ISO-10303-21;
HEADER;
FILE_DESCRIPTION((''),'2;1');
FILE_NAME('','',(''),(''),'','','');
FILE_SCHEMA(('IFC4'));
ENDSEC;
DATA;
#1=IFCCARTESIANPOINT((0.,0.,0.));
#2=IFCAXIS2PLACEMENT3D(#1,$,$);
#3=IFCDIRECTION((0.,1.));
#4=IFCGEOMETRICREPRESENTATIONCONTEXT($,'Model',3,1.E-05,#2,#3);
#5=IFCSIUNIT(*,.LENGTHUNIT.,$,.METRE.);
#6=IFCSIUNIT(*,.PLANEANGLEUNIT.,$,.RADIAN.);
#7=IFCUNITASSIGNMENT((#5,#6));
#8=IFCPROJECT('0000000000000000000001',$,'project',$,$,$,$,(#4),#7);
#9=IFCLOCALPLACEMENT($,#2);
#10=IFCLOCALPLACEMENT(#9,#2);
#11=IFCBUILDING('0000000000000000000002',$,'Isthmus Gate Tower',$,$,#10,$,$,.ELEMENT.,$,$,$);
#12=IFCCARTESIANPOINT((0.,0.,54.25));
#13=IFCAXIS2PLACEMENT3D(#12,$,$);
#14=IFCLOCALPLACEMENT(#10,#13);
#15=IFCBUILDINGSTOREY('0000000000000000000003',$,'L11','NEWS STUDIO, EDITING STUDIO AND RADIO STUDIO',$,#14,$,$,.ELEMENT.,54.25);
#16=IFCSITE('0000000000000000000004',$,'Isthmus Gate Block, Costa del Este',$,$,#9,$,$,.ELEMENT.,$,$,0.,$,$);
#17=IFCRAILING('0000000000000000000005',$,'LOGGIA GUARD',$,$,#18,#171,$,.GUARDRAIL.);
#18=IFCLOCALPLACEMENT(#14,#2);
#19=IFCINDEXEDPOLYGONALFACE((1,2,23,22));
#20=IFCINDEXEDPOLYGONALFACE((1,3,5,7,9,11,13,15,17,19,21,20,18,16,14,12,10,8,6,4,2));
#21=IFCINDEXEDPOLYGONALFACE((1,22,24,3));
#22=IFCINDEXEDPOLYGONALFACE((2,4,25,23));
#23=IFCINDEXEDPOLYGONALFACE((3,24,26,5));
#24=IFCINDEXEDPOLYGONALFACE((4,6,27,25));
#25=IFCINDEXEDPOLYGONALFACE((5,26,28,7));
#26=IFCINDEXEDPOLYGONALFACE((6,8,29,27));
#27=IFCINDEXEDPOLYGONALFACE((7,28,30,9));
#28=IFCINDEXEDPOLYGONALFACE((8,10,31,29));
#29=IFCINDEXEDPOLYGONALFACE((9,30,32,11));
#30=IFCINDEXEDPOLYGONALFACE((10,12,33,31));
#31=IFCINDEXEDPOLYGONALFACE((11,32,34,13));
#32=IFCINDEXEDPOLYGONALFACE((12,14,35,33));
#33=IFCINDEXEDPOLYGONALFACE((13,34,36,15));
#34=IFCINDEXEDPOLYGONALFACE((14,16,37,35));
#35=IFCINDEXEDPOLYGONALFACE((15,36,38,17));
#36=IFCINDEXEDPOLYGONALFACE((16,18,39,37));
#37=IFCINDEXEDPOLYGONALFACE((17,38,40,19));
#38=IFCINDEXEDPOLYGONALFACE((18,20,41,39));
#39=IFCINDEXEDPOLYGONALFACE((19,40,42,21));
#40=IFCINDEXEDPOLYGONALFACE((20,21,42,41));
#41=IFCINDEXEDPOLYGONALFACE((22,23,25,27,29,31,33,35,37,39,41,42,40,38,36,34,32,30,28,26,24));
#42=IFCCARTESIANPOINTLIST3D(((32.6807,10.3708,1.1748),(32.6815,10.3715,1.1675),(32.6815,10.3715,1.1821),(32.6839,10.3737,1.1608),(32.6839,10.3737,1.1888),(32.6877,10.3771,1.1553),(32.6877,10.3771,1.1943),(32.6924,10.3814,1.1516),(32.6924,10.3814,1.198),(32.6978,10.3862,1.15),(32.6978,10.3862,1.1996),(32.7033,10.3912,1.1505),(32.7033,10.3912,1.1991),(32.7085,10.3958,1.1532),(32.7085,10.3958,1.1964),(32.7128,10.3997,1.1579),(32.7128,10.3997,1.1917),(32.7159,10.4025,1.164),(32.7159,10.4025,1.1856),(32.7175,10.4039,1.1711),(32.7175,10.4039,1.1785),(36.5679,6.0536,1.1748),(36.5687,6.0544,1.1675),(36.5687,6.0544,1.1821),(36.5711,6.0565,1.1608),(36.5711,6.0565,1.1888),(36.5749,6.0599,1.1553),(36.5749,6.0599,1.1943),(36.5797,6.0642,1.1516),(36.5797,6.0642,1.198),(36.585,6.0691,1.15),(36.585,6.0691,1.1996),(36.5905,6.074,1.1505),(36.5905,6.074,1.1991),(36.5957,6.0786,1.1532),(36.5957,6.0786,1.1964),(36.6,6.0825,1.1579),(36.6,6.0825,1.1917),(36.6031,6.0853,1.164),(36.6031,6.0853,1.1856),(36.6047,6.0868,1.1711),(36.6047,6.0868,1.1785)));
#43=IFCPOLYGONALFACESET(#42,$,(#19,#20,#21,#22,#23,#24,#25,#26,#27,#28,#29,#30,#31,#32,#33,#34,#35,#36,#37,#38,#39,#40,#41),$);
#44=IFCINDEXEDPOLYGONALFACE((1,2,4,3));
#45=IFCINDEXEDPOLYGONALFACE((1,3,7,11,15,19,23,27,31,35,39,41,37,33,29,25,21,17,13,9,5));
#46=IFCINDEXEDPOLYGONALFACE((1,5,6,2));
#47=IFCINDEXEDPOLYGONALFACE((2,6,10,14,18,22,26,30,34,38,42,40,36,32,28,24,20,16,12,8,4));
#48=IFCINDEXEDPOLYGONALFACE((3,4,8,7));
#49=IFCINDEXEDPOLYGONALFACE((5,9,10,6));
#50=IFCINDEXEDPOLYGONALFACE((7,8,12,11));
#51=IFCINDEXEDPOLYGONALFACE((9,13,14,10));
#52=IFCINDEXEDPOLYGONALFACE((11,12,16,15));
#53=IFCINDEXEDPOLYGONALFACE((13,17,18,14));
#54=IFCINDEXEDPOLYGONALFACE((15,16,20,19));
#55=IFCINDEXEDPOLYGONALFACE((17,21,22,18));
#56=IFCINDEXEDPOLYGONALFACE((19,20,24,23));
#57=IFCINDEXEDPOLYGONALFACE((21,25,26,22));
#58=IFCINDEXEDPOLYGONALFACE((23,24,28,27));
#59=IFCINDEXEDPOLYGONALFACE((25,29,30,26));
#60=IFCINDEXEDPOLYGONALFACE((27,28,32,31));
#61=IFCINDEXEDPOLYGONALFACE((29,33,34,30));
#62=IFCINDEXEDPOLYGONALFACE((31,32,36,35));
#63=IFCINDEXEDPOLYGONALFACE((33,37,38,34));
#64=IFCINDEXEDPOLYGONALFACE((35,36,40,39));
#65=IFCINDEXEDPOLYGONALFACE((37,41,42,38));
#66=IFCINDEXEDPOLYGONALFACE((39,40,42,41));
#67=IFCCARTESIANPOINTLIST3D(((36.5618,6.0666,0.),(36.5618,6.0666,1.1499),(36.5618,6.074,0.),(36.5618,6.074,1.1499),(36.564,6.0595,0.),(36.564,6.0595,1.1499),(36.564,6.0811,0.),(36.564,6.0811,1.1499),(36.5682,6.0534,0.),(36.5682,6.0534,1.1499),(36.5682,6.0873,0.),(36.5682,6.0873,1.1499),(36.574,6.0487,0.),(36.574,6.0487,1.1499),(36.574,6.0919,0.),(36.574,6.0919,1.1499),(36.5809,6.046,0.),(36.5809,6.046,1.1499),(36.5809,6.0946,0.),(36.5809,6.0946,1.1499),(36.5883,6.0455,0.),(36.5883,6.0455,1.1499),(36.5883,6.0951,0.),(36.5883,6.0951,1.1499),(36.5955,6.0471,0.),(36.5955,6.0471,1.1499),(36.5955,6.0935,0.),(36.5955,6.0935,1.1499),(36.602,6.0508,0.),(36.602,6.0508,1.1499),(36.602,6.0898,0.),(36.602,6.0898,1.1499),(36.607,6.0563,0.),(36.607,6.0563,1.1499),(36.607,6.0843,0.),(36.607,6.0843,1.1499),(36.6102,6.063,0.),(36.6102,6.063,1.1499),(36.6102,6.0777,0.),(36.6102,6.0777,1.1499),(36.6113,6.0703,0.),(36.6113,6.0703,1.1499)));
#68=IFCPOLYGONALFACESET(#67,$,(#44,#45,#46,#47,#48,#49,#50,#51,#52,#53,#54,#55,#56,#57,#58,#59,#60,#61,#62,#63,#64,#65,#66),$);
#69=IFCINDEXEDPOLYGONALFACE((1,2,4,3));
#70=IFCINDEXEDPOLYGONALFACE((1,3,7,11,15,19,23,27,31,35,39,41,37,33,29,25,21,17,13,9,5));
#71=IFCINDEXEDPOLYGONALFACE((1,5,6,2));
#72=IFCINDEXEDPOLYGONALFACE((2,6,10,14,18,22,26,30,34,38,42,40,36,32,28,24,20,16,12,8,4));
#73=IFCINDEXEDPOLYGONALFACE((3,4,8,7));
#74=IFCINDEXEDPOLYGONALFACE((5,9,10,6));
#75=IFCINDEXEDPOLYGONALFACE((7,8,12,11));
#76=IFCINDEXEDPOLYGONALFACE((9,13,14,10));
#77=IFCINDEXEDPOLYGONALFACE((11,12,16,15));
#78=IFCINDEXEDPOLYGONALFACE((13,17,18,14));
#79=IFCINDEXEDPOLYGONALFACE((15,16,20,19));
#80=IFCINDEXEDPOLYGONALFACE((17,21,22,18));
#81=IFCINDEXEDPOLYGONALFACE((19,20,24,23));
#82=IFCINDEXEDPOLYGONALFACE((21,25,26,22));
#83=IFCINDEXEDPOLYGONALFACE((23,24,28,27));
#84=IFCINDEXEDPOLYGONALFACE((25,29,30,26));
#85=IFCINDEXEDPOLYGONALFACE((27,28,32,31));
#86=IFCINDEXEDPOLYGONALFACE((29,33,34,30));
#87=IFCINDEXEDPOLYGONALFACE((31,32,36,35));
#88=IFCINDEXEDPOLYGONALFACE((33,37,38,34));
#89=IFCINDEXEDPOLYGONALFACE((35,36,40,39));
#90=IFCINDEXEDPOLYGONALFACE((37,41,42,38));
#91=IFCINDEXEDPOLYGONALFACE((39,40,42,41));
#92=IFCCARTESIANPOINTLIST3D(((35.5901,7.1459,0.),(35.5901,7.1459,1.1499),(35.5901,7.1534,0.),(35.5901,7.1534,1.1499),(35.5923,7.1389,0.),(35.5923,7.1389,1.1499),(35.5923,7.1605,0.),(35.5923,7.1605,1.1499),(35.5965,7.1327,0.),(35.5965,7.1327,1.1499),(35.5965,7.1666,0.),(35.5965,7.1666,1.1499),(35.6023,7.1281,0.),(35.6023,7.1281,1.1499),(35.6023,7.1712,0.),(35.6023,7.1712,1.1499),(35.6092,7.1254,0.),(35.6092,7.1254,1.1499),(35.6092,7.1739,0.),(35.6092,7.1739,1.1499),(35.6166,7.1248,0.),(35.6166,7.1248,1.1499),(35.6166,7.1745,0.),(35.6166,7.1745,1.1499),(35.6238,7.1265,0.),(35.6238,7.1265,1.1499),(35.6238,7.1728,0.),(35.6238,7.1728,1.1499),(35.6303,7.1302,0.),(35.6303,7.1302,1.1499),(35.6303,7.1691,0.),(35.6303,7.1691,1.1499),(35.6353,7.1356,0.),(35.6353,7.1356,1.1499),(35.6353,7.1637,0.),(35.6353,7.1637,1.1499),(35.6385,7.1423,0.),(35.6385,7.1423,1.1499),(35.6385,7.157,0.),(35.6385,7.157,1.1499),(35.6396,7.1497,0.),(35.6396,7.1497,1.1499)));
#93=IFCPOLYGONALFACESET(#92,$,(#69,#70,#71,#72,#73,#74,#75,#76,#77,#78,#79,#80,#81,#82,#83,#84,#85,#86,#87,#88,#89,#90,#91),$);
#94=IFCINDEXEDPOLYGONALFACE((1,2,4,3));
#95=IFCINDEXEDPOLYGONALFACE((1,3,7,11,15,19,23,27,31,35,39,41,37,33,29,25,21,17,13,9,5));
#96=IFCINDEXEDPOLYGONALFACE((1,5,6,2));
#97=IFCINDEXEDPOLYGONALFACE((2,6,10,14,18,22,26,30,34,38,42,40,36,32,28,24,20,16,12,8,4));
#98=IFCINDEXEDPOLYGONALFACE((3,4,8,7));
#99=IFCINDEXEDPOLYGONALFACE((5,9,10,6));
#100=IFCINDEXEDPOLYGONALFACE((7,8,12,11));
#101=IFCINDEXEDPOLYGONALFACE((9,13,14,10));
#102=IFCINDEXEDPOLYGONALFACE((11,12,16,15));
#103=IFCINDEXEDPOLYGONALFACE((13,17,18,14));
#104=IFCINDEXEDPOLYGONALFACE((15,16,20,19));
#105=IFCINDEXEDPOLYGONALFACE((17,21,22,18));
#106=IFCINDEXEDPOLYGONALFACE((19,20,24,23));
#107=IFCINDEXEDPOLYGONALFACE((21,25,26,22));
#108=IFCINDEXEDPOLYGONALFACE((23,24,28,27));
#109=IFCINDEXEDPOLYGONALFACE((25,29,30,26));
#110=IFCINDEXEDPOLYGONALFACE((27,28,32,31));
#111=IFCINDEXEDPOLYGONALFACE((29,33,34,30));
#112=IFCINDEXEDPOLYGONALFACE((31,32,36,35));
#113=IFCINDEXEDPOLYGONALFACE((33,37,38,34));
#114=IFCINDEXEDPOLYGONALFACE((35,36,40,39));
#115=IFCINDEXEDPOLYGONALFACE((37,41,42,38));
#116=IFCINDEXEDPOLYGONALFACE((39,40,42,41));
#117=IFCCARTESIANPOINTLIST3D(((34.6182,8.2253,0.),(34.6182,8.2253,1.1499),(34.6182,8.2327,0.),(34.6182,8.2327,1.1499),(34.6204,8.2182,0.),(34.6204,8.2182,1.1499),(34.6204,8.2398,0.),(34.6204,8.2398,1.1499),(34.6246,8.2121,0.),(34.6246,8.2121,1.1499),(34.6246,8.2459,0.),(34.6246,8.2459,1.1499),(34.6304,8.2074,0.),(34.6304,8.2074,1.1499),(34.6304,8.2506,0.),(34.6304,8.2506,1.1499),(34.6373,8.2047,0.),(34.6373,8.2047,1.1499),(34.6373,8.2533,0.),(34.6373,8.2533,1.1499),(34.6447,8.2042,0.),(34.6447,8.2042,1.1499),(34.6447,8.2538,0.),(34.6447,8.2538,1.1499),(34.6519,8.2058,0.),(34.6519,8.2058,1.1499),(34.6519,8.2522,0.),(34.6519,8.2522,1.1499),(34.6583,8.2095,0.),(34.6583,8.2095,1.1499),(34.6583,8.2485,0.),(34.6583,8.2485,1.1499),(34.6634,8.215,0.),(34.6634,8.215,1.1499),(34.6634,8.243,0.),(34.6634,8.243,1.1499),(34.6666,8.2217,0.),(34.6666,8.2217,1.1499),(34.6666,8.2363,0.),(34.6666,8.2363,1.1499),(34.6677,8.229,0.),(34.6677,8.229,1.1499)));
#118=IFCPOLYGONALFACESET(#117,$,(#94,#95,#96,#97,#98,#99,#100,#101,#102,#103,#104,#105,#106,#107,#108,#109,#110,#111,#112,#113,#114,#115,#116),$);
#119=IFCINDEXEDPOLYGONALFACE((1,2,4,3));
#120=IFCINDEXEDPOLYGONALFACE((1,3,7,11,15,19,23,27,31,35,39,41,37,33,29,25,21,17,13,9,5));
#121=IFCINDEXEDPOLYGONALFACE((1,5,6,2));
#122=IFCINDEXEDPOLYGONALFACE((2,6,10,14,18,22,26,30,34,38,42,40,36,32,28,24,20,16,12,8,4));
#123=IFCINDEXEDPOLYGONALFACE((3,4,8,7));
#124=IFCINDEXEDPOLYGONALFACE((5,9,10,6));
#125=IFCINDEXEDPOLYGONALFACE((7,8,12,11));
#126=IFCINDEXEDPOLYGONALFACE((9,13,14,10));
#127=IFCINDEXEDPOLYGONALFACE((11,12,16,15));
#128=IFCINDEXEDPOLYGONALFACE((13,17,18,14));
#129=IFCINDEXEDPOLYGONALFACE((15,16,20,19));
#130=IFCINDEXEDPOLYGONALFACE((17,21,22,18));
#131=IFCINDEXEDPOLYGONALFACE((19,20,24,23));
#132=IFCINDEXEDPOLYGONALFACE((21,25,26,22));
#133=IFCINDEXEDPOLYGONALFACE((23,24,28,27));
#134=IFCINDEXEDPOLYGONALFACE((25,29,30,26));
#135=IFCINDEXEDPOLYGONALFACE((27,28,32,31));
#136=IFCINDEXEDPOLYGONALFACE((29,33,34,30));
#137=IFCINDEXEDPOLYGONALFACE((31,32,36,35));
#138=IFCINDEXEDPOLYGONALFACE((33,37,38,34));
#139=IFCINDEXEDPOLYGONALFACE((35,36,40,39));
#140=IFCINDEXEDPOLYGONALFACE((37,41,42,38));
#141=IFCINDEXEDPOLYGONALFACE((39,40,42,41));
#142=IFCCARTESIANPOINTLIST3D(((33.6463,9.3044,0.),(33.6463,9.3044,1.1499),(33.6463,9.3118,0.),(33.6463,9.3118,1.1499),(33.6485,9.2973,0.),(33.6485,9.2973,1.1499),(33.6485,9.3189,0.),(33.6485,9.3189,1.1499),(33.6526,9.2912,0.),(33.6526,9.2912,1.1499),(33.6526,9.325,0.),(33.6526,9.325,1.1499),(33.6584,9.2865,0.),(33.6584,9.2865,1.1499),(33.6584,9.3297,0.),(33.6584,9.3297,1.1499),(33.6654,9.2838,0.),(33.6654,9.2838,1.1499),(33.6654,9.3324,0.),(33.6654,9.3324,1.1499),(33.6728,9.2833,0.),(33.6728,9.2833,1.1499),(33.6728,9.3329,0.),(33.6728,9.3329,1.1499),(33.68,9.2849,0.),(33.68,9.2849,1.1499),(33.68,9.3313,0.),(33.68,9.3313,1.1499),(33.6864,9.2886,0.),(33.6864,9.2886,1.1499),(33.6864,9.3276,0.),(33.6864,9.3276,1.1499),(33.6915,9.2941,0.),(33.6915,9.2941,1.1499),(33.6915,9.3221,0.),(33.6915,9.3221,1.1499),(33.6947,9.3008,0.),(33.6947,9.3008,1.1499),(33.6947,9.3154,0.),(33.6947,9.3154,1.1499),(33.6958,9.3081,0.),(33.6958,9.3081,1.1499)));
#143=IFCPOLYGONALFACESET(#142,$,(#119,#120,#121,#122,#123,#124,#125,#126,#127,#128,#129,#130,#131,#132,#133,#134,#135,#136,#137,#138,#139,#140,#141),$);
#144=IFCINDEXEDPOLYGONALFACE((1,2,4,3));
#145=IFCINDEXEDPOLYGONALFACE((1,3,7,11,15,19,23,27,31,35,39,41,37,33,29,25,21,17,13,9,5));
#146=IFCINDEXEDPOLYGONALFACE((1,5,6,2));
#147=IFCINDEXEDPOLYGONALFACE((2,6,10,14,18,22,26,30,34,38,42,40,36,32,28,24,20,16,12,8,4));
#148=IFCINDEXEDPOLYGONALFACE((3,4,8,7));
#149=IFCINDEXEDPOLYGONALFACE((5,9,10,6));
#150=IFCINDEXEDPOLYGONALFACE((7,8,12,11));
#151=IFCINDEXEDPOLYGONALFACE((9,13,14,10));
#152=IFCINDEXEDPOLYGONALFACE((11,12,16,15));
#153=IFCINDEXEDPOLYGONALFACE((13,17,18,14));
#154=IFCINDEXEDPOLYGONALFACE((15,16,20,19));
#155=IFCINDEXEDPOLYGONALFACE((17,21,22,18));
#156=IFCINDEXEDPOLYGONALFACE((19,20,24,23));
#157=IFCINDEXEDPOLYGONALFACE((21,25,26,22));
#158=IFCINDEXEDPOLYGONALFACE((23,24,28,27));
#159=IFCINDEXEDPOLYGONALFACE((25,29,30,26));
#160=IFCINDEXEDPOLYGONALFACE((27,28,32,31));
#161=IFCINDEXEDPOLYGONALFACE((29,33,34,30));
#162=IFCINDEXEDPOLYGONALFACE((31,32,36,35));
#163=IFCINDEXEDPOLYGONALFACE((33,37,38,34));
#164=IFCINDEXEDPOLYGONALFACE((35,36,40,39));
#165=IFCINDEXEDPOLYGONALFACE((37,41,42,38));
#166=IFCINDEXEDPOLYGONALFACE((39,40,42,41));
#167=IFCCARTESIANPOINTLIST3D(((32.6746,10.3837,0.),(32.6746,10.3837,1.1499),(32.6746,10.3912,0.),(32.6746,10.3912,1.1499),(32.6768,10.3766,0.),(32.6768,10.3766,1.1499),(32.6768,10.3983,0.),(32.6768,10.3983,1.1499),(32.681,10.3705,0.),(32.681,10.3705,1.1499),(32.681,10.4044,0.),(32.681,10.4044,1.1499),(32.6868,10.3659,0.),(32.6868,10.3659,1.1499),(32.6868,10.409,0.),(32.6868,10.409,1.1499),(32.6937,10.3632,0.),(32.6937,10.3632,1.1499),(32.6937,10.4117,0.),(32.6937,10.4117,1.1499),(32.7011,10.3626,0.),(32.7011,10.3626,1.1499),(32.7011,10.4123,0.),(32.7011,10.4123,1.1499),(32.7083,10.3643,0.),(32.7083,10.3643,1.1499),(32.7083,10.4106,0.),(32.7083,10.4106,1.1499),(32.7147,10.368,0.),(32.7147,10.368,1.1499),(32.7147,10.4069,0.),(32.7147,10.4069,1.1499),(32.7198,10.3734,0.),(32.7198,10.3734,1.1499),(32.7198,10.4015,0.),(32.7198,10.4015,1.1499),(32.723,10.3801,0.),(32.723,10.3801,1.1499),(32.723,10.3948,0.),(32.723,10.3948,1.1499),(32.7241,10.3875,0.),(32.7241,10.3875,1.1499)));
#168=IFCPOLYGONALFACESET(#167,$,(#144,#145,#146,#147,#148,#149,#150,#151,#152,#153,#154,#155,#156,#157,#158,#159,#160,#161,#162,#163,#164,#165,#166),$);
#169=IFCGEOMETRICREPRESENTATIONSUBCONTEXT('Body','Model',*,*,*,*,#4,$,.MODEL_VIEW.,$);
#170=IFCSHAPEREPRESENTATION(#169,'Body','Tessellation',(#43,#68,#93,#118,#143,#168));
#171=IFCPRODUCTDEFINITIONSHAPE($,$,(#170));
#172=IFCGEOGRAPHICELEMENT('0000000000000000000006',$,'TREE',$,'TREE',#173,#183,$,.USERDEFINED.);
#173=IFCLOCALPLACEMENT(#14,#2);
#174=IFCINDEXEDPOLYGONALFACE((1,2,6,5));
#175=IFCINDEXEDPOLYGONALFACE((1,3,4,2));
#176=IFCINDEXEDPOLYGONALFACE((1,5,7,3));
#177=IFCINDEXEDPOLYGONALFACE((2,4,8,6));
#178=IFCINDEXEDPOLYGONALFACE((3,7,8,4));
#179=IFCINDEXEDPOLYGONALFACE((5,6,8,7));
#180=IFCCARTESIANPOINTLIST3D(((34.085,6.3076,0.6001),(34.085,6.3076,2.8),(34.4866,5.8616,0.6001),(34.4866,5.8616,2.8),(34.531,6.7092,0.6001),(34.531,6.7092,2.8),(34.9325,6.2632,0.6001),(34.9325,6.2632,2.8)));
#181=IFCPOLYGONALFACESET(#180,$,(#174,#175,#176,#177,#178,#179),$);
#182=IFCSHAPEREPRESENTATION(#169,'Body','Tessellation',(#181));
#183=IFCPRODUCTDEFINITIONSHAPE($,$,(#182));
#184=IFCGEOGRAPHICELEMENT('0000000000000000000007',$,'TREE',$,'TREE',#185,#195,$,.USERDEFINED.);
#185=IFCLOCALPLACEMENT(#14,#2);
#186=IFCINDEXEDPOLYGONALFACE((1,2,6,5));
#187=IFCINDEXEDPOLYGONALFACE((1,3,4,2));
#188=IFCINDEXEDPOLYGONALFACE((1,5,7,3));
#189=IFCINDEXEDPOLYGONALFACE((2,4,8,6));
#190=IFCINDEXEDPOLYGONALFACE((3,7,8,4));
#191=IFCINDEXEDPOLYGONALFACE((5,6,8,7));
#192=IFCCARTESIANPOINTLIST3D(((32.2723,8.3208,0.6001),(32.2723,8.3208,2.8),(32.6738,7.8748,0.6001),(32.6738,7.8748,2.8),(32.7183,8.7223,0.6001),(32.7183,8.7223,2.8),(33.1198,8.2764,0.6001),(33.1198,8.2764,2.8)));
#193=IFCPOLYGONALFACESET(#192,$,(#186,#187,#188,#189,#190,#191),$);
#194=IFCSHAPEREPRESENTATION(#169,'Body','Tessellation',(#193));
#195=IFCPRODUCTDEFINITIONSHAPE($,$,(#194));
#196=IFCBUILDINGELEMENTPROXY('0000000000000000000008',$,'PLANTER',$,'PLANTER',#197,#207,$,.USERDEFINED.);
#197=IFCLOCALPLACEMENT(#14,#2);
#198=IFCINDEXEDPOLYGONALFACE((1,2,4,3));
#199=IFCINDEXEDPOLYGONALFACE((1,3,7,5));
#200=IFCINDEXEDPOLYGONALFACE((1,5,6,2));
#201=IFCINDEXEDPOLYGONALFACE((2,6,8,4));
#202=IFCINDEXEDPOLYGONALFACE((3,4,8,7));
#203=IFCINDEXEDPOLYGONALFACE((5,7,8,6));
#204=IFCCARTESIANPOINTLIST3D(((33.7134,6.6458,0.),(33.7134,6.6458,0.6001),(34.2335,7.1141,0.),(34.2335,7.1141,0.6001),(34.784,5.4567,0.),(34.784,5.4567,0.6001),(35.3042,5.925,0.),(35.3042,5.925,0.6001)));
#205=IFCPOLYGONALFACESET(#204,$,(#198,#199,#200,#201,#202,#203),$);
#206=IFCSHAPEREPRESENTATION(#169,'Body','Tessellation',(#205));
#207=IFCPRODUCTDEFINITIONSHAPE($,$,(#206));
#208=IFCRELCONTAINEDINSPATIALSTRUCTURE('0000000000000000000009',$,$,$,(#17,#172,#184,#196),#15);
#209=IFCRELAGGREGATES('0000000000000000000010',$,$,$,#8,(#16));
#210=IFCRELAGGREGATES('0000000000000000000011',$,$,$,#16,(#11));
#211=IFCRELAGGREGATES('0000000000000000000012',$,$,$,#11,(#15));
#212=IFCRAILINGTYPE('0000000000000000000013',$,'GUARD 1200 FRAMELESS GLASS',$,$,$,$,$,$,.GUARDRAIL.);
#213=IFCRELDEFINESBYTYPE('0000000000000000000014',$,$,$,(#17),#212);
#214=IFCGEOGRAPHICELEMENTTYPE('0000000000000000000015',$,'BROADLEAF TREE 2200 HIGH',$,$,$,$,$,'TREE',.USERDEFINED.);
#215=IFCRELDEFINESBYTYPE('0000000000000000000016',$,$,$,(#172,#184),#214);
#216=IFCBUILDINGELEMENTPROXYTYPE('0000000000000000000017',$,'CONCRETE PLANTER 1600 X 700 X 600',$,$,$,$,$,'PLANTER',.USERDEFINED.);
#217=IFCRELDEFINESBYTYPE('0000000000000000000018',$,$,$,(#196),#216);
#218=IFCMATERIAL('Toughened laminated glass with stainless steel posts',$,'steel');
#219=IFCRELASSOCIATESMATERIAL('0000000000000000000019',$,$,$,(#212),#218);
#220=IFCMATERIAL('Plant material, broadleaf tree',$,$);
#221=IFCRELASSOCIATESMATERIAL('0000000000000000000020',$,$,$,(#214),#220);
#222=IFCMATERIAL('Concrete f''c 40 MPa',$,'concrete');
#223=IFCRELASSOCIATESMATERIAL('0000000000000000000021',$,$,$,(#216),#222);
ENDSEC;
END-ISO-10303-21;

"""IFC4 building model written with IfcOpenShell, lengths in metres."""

from ifc_helpers import new_model, si_unit, direction, frame, origin, origin_2d, place, context, subcontext, project, spatial, rectangle, circle, extrude, material, type_object, element, save


model = new_model("IFC4")

# Units and contexts
model_context = context("Model", 3, precision=1e-05, world=origin(), true_north=direction((0.0, 1.0)))
body_context = subcontext(model_context, "Body", "Model", "MODEL_VIEW")
ifc_project = project(units=[si_unit("LENGTHUNIT", "METRE"), si_unit("PLANEANGLEUNIT", "RADIAN")], contexts=[model_context])

# Site, building, storey
site_placement = place(None, origin())
site = spatial("IfcSite", under=ifc_project, at=site_placement, Name="Isthmus Gate Block, Costa del Este", CompositionType="ELEMENT", RefElevation=0.0)
building_placement = place(site_placement, origin())
building = spatial("IfcBuilding", under=site, at=building_placement, Name="Isthmus Gate Tower", CompositionType="ELEMENT")
storey_placement = place(building_placement, frame((0.0, 0.0, 54.25)))
storey = spatial("IfcBuildingStorey", under=building, at=storey_placement, Name="L11", Description="NEWS STUDIO, EDITING STUDIO AND RADIO STUDIO", CompositionType="ELEMENT", Elevation=54.25)

# Railing
ifc_material_1 = material(Name="Toughened laminated glass with stainless steel posts", Category="steel")
railing_type = type_object("IfcRailingType", Name="GUARD 1200 FRAMELESS GLASS", PredefinedType="GUARDRAIL", material=ifc_material_1)
railing_placement = place(storey_placement, frame((36.5864, 6.0703, 0.0)))
element("IfcRailing", 1, at=railing_placement, inside=storey, type_object=railing_type, Name="LOGGIA GUARD", PredefinedType="GUARDRAIL", context=body_context, shape_type="SweptSolid", body=[
    extrude(circle(Radius=0.0249, at=origin_2d()), frame((0.0, 0.0, 1.1748), z_axis=(-0.669134, 0.743142, 0.0), x_axis=(-0.743142, -0.669134, 0.0)), (0.0, 0.0, 1.0), 5.8093),
    extrude(circle(Radius=0.0249, at=origin_2d()), origin(), (0.0, 0.0, 1.0), 1.1499),
    extrude(circle(Radius=0.0249, at=origin_2d()), frame((-0.9717, 1.0793, 0.0)), (0.0, 0.0, 1.0), 1.1499),
    extrude(circle(Radius=0.0249, at=origin_2d()), frame((-1.9436, 2.1587, 0.0)), (0.0, 0.0, 1.0), 1.1499),
    extrude(circle(Radius=0.0249, at=origin_2d()), frame((-2.9155, 3.2378, 0.0)), (0.0, 0.0, 1.0), 1.1499),
    extrude(circle(Radius=0.0249, at=origin_2d()), frame((-3.8872, 4.3171, 0.0)), (0.0, 0.0, 1.0), 1.1499),
])

# Geographic elements
ifc_material_2 = material(Name="Plant material, broadleaf tree")
geographic_element_type = type_object("IfcGeographicElementType", Name="BROADLEAF TREE 2200 HIGH", ElementType="TREE", PredefinedType="USERDEFINED", material=ifc_material_2)
for number, where, z_axis, x_axis, name in (
    (2, (34.5088, 6.2854, 0.6001), (0.0, 0.0, 1.0), (-0.669131, 0.743145, 0.0), "TREE"),
    (3, (32.696, 8.2986, 0.6001), (0.0, 0.0, 1.0), (-0.669131, 0.743145, 0.0), "TREE"),
):
    element("IfcGeographicElement", number, at=place(storey_placement, frame(where, z_axis=z_axis, x_axis=x_axis)), inside=storey, type_object=geographic_element_type, Name=name, ObjectType="TREE", PredefinedType="USERDEFINED", context=body_context, shape_type="SweptSolid", body=[
        extrude(rectangle(XDim=0.6001, YDim=0.6001, at=origin_2d()), origin(), (0.0, 0.0, 1.0), 2.2),
    ])

# Building element proxy
ifc_material_3 = material(Name="Concrete f'c 40 MPa", Category="concrete")
building_element_proxy_type = type_object("IfcBuildingElementProxyType", Name="CONCRETE PLANTER 1600 X 700 X 600", ElementType="PLANTER", PredefinedType="USERDEFINED", material=ifc_material_3)
for number, where, z_axis, x_axis, name in (
    (4, (34.5088, 6.2854, 0.0), (0.0, 0.0, 1.0), (-0.669131, 0.743145, 0.0), "PLANTER"),
):
    element("IfcBuildingElementProxy", number, at=place(storey_placement, frame(where, z_axis=z_axis, x_axis=x_axis)), inside=storey, type_object=building_element_proxy_type, Name=name, ObjectType="PLANTER", PredefinedType="USERDEFINED", context=body_context, shape_type="SweptSolid", body=[
        extrude(rectangle(XDim=1.6001, YDim=0.7, at=origin_2d()), origin(), (0.0, 0.0, 1.0), 0.6001),
    ])

save(model, "model.ifc")
